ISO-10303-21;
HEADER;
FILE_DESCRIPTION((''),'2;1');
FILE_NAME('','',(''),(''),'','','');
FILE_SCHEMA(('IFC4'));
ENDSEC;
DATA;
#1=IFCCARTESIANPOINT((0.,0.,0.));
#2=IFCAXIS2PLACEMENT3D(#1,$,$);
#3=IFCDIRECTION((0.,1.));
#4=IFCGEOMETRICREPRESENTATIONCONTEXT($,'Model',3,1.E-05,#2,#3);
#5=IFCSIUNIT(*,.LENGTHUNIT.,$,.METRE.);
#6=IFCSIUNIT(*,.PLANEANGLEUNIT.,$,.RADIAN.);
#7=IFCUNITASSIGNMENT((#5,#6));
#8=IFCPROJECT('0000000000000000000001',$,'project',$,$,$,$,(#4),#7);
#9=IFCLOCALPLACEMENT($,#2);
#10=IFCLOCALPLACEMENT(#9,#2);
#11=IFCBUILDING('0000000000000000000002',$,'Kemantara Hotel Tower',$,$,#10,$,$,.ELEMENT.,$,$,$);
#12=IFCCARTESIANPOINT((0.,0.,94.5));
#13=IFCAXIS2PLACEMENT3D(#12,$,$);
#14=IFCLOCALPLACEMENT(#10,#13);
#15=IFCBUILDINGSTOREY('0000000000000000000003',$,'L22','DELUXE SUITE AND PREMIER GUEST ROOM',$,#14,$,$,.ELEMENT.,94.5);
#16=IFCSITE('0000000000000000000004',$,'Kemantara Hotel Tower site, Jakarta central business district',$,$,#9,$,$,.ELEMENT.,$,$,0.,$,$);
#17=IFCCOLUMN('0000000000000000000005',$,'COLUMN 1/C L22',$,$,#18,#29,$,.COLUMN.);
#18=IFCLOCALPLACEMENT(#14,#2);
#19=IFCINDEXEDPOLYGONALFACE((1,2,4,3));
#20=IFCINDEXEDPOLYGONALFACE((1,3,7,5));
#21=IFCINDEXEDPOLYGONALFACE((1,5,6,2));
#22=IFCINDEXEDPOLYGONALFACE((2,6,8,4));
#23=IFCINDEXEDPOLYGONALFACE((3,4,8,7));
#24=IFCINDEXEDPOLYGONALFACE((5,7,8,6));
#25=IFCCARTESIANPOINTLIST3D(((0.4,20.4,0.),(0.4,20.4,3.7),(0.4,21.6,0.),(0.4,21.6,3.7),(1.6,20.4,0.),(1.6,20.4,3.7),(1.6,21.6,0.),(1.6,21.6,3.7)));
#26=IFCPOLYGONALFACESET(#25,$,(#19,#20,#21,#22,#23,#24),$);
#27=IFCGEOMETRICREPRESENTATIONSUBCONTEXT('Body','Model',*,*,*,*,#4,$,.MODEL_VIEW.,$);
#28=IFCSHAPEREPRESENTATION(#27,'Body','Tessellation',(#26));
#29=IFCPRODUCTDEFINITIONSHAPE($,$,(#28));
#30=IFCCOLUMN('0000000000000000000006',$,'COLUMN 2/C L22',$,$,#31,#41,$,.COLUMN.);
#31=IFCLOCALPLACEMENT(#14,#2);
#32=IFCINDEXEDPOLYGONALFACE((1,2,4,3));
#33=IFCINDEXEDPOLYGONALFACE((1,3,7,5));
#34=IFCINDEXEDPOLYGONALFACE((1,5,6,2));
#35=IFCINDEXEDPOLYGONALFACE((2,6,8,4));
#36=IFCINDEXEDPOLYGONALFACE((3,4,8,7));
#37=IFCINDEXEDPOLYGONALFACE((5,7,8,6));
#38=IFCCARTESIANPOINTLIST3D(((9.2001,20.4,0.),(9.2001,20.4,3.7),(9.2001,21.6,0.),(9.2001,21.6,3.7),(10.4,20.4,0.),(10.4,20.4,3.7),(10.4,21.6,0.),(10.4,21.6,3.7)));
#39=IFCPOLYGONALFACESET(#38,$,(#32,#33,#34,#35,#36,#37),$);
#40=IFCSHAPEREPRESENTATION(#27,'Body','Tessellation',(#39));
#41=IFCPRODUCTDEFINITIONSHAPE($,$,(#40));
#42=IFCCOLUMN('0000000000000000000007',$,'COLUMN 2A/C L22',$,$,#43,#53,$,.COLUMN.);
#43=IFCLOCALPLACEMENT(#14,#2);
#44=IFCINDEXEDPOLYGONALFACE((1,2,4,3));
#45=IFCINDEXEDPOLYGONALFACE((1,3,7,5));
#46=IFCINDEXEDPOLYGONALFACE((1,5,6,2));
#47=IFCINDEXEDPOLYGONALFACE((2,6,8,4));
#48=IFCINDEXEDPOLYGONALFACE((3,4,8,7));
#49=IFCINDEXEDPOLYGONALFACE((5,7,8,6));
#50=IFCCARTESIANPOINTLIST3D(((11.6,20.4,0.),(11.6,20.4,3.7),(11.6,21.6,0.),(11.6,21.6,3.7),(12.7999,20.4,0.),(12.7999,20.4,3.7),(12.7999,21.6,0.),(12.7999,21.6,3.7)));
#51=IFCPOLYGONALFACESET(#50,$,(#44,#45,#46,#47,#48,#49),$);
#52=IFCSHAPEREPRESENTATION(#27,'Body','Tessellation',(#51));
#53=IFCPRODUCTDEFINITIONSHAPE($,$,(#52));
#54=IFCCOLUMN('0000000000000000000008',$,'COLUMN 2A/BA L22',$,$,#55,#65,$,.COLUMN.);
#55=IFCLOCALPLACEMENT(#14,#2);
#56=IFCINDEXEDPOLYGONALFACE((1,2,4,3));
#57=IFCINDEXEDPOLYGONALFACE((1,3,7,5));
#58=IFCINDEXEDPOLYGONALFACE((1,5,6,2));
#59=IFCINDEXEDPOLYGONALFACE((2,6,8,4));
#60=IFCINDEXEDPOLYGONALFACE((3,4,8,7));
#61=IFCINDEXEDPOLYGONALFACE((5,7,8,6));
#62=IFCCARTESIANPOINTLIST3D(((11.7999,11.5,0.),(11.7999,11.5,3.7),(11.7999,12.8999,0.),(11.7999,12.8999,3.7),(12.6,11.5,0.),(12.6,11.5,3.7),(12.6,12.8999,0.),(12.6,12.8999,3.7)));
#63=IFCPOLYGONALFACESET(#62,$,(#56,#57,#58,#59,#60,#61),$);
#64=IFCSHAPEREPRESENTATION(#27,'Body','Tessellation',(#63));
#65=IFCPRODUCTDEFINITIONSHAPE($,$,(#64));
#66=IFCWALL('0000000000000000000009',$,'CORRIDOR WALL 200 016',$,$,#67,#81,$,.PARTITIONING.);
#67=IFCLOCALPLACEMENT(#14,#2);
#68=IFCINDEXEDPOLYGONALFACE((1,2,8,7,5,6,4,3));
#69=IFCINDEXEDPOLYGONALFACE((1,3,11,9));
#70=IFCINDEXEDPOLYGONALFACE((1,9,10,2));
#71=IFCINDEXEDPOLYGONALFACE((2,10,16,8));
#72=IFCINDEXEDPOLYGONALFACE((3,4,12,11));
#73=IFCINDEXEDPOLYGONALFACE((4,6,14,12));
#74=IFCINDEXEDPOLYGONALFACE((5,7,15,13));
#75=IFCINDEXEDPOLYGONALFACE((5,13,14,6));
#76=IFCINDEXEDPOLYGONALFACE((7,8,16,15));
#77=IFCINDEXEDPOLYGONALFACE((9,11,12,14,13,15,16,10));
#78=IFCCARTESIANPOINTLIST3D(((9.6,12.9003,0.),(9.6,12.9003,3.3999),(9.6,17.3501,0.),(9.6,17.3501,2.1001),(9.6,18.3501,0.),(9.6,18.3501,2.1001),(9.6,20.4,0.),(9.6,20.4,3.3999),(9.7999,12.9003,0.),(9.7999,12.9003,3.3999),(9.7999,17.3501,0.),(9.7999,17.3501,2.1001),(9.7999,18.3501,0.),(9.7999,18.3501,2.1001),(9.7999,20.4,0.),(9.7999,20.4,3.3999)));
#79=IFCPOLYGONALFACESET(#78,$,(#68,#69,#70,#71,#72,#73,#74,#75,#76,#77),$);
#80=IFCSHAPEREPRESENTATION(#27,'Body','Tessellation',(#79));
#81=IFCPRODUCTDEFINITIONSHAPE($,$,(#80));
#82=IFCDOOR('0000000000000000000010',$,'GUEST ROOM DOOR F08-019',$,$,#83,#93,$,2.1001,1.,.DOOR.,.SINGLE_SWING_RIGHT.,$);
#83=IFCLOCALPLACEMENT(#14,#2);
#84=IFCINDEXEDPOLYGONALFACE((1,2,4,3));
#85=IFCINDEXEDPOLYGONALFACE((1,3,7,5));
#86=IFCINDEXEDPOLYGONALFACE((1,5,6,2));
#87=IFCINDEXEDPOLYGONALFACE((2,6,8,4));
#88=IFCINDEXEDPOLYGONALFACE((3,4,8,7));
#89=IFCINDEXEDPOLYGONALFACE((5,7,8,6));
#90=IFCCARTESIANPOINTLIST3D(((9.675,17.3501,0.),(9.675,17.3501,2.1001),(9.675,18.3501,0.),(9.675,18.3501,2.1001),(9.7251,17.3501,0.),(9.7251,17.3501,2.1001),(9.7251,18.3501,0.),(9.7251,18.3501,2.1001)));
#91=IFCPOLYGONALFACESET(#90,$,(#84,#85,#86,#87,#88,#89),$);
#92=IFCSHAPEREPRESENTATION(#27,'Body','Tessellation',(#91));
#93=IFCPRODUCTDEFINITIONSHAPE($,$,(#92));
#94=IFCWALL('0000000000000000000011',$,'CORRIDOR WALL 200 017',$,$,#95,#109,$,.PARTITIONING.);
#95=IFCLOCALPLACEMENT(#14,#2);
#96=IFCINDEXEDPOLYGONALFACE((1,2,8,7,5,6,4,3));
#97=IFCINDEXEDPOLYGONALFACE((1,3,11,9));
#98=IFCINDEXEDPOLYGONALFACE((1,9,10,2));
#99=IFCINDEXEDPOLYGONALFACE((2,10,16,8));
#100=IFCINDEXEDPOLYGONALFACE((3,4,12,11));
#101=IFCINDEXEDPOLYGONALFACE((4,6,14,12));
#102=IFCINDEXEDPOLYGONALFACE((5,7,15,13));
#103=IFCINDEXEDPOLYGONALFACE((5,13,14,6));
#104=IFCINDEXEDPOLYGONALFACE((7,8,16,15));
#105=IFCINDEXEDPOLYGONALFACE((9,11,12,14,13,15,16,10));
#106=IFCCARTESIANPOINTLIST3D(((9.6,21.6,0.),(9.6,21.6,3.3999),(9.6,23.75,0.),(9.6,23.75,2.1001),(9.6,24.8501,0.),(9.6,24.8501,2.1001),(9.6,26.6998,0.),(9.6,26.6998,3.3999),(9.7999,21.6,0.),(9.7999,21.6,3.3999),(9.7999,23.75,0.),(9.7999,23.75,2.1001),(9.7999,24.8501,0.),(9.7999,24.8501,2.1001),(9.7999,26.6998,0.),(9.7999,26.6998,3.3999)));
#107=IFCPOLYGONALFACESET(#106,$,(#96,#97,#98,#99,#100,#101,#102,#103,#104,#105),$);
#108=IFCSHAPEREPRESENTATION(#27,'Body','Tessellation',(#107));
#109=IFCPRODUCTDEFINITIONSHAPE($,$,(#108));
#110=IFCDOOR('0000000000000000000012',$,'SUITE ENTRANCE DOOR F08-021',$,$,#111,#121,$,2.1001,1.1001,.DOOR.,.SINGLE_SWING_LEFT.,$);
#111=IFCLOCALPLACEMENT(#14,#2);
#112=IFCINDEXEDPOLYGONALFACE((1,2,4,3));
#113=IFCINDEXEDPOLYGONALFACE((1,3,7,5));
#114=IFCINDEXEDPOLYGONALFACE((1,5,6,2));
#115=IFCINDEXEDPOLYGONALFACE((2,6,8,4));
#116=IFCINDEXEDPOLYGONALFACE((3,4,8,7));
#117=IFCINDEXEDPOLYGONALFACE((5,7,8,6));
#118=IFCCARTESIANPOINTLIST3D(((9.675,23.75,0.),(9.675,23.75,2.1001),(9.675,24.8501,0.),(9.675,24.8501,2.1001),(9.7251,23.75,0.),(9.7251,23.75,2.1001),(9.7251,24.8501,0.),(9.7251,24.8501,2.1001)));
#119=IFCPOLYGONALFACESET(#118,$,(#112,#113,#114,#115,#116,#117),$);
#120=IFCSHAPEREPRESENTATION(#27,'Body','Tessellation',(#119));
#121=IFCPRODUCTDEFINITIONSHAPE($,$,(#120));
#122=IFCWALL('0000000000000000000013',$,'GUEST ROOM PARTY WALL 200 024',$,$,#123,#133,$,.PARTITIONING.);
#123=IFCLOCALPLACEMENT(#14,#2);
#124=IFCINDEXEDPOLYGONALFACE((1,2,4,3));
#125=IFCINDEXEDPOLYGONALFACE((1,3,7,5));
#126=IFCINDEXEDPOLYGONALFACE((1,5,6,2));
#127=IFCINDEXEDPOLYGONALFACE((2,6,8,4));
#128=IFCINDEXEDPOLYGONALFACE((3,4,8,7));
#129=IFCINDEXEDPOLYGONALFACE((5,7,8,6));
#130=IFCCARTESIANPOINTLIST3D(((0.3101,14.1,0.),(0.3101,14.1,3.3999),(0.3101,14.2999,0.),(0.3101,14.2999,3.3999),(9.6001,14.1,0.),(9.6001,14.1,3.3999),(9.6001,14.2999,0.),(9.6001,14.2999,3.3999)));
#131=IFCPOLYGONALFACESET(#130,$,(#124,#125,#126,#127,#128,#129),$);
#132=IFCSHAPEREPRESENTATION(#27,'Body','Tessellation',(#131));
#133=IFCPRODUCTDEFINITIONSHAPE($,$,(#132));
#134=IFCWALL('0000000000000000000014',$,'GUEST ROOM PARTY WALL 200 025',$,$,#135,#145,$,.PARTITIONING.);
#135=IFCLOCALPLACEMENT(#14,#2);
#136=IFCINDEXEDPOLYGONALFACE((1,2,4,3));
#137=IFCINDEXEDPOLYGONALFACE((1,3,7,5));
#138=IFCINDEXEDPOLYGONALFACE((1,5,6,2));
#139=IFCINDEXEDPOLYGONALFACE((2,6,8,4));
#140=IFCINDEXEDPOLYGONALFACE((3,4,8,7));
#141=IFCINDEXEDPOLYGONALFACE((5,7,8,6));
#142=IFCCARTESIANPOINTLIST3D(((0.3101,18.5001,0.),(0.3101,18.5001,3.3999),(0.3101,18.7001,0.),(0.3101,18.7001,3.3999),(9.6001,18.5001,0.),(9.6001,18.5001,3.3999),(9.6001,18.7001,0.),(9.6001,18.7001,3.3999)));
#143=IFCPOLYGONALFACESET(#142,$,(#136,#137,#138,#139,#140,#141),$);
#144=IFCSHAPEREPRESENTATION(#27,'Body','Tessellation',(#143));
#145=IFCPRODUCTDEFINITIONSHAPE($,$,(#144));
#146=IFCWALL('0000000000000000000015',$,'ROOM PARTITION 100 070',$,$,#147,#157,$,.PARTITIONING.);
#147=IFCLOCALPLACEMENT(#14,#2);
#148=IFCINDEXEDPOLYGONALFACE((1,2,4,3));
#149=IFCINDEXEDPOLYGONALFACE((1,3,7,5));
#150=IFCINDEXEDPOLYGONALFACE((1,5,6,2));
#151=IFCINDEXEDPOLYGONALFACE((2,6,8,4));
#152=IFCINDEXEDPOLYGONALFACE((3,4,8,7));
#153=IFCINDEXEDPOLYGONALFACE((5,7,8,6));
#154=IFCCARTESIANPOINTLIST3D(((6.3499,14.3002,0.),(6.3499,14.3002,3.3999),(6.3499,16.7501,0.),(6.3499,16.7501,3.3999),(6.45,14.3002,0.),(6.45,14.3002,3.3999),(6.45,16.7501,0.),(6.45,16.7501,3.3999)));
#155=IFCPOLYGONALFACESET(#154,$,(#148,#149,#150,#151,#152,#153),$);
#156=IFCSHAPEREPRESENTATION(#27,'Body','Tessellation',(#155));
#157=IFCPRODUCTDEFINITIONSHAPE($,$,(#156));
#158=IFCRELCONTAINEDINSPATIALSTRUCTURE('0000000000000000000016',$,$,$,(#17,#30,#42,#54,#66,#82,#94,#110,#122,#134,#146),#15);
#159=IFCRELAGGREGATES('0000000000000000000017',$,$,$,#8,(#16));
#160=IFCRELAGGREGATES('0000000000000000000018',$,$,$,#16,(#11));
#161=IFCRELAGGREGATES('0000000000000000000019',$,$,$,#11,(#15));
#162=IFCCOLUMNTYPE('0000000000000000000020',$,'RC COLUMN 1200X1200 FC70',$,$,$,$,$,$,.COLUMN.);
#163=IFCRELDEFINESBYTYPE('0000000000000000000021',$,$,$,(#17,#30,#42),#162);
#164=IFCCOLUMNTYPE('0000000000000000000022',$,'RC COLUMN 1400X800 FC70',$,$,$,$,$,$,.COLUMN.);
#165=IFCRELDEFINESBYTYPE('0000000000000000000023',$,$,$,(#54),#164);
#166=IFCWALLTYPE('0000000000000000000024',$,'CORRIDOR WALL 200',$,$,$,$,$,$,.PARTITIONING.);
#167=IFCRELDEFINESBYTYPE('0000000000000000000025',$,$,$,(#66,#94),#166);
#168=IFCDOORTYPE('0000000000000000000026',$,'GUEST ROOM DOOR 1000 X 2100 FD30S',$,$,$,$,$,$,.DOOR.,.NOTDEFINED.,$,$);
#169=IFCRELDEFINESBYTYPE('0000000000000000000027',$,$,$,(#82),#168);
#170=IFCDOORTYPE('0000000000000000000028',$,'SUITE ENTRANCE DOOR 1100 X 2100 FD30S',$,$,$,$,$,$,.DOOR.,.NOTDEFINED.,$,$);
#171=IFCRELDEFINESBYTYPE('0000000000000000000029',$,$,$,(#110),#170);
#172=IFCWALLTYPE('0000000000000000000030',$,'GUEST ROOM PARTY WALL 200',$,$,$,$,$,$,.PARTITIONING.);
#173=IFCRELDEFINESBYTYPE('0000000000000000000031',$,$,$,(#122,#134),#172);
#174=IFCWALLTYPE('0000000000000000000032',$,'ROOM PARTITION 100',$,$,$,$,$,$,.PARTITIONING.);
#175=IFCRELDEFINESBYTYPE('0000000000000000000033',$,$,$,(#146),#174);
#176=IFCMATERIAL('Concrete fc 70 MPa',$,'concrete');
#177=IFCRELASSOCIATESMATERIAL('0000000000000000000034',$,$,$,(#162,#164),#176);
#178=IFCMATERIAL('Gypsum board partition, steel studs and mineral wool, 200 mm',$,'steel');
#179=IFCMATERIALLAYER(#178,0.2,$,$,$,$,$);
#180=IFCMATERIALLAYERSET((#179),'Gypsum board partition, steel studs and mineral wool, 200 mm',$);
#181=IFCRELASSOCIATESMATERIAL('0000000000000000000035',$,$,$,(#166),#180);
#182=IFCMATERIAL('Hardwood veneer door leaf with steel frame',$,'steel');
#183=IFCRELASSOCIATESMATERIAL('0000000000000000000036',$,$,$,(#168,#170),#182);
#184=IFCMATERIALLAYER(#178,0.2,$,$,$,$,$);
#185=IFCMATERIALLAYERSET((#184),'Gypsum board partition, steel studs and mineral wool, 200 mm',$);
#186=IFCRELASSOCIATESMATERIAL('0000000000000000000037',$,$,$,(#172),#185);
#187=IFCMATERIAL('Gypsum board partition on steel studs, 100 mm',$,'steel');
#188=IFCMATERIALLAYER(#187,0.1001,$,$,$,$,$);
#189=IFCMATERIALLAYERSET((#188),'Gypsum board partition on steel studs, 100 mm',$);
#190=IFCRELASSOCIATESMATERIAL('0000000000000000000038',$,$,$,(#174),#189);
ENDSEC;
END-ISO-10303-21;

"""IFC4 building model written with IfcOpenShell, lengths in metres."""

from ifc_helpers import new_model, si_unit, direction, frame, frame_2d, origin, origin_2d, place, context, subcontext, project, spatial, rectangle, extrude, material, layer, layer_set, material_profile, profile_set, type_object, element, fill, save


model = new_model("IFC4")

# Units and contexts
model_context = context("Model", 3, precision=1e-05, world=origin(), true_north=direction((0.0, 1.0)))
body_context = subcontext(model_context, "Body", "Model", "MODEL_VIEW")
ifc_project = project(units=[si_unit("LENGTHUNIT", "METRE"), si_unit("PLANEANGLEUNIT", "RADIAN")], contexts=[model_context])

# Site, building, storey
site_placement = place(None, origin())
site = spatial("IfcSite", under=ifc_project, at=site_placement, Name="Kemantara Hotel Tower site, Jakarta central business district", CompositionType="ELEMENT", RefElevation=0.0)
building_placement = place(site_placement, origin())
building = spatial("IfcBuilding", under=site, at=building_placement, Name="Kemantara Hotel Tower", CompositionType="ELEMENT")
storey_placement = place(building_placement, frame((0.0, 0.0, 94.5)))
storey = spatial("IfcBuildingStorey", under=building, at=storey_placement, Name="L22", Description="DELUXE SUITE AND PREMIER GUEST ROOM", CompositionType="ELEMENT", Elevation=94.5)

# Columns
ifc_material_1 = material(Name="Concrete fc 70 MPa", Category="concrete")
ifc_material_profile_1 = material_profile(ifc_material_1, rectangle(XDim=1.2, YDim=1.2, at=origin_2d()), Name="RC 1200X1200")
ifc_profile_set_1 = profile_set([ifc_material_profile_1], Name="Concrete fc 70 MPa")
column_type_1 = type_object("IfcColumnType", Name="RC COLUMN 1200X1200 FC70", PredefinedType="COLUMN", material=ifc_profile_set_1)
for number, where, z_axis, x_axis, name in (
    (1, (1.0, 21.0, 0.0), (0.0, 0.0, 1.0), (1.0, 0.0, 0.0), "COLUMN 1/C L22"),
    (2, (9.8, 21.0, 0.0), (0.0, 0.0, 1.0), (1.0, 0.0, 0.0), "COLUMN 2/C L22"),
    (3, (12.2, 21.0, 0.0), (0.0, 0.0, 1.0), (1.0, 0.0, 0.0), "COLUMN 2A/C L22"),
):
    element("IfcColumn", number, at=place(storey_placement, frame(where, z_axis=z_axis, x_axis=x_axis)), inside=storey, type_object=column_type_1, Name=name, PredefinedType="COLUMN", context=body_context, shape_type="SweptSolid", body=[
        extrude(rectangle(XDim=1.2, YDim=1.2, at=origin_2d()), origin(), (0.0, 0.0, 1.0), 3.7),
    ])
ifc_material_profile_2 = material_profile(ifc_material_1, rectangle(XDim=1.3999, YDim=0.8, at=origin_2d()), Name="RC 1400X800")
ifc_profile_set_2 = profile_set([ifc_material_profile_2], Name="Concrete fc 70 MPa")
column_type_2 = type_object("IfcColumnType", Name="RC COLUMN 1400X800 FC70", PredefinedType="COLUMN", material=ifc_profile_set_2)
column_placement = place(storey_placement, frame((12.2, 12.2, 0.0), z_axis=(0.0, 0.0, 1.0), x_axis=(0.0, 1.0, 0.0)))
element("IfcColumn", 4, at=column_placement, inside=storey, type_object=column_type_2, Name="COLUMN 2A/BA L22", PredefinedType="COLUMN", context=body_context, shape_type="SweptSolid", body=[
    extrude(rectangle(XDim=1.3999, YDim=0.8, at=origin_2d()), origin(), (0.0, 0.0, 1.0), 3.7),
])

# Walls, openings, doors
ifc_material_2 = material(Name="Gypsum board partition, steel studs and mineral wool, 200 mm", Category="steel")
ifc_layer_1 = layer(ifc_material_2, 0.2)
ifc_layer_set_1 = layer_set([ifc_layer_1], Name="Gypsum board partition, steel studs and mineral wool, 200 mm")
wall_type_1 = type_object("IfcWallType", Name="CORRIDOR WALL 200", PredefinedType="PARTITIONING", material=ifc_layer_set_1)
wall_1_placement = place(storey_placement, frame((9.7, 12.9001, 0.0), z_axis=(0.0, 0.0, 1.0), x_axis=(0.0, 1.0, 0.0)))
wall_1 = element("IfcWall", 5, at=wall_1_placement, inside=storey, type_object=wall_type_1, Name="CORRIDOR WALL 200 016", PredefinedType="PARTITIONING", context=body_context, shape_type="SweptSolid", body=[
    extrude(rectangle(XDim=7.4998, YDim=0.2, at=frame_2d((3.75, 0.0))), origin(), (0.0, 0.0, 1.0), 3.3999),
])
opening_1_placement = place(wall_1_placement, frame((4.45, 0.0, 0.0)))
opening_1 = element("IfcOpeningElement", 6, at=opening_1_placement, cuts=wall_1, PredefinedType="OPENING", context=body_context, shape_type="SweptSolid", body=[
    extrude(rectangle(XDim=1.0, YDim=2.1001, at=frame_2d((0.5, 1.05))), frame((0.0, 0.1099, 0.0), z_axis=(0.0, -1.0, 0.0), x_axis=(1.0, 0.0, 0.0)), (0.0, 0.0, 1.0), 0.22),
])
ifc_material_3 = material(Name="Hardwood veneer door leaf with steel frame", Category="steel")
door_type_1 = type_object("IfcDoorType", Name="GUEST ROOM DOOR 1000 X 2100 FD30S", OperationType="NOTDEFINED", PredefinedType="DOOR", material=ifc_material_3)
door_1_placement = place(opening_1_placement, origin())
door_1 = element("IfcDoor", 7, at=door_1_placement, inside=storey, type_object=door_type_1, Name="GUEST ROOM DOOR F08-019", OperationType="SINGLE_SWING_RIGHT", OverallHeight=2.1001, OverallWidth=1.0, PredefinedType="DOOR", context=body_context, shape_type="SweptSolid", body=[
    extrude(rectangle(XDim=1.0, YDim=2.1001, at=frame_2d((0.5, 1.05))), frame((0.0, 0.0249, 0.0), z_axis=(0.0, -1.0, 0.0), x_axis=(1.0, 0.0, 0.0)), (0.0, 0.0, 1.0), 0.05),
])
fill(opening_1, door_1)
wall_2_placement = place(storey_placement, frame((9.7, 21.6001, 0.0), z_axis=(0.0, 0.0, 1.0), x_axis=(0.0, 1.0, 0.0)))
wall_2 = element("IfcWall", 8, at=wall_2_placement, inside=storey, type_object=wall_type_1, Name="CORRIDOR WALL 200 017", PredefinedType="PARTITIONING", context=body_context, shape_type="SweptSolid", body=[
    extrude(rectangle(XDim=5.0999, YDim=0.2, at=frame_2d((2.5498, 0.0))), origin(), (0.0, 0.0, 1.0), 3.3999),
])
opening_2_placement = place(wall_2_placement, frame((2.1499, 0.0, 0.0)))
opening_2 = element("IfcOpeningElement", 9, at=opening_2_placement, cuts=wall_2, PredefinedType="OPENING", context=body_context, shape_type="SweptSolid", body=[
    extrude(rectangle(XDim=1.1001, YDim=2.1001, at=frame_2d((0.55, 1.05))), frame((0.0, 0.1099, 0.0), z_axis=(0.0, -1.0, 0.0), x_axis=(1.0, 0.0, 0.0)), (0.0, 0.0, 1.0), 0.22),
])
door_type_2 = type_object("IfcDoorType", Name="SUITE ENTRANCE DOOR 1100 X 2100 FD30S", OperationType="NOTDEFINED", PredefinedType="DOOR", material=ifc_material_3)
door_2_placement = place(opening_2_placement, origin())
door_2 = element("IfcDoor", 10, at=door_2_placement, inside=storey, type_object=door_type_2, Name="SUITE ENTRANCE DOOR F08-021", OperationType="SINGLE_SWING_LEFT", OverallHeight=2.1001, OverallWidth=1.1001, PredefinedType="DOOR", context=body_context, shape_type="SweptSolid", body=[
    extrude(rectangle(XDim=1.1001, YDim=2.1001, at=frame_2d((0.55, 1.05))), frame((0.0, 0.0249, 0.0), z_axis=(0.0, -1.0, 0.0), x_axis=(1.0, 0.0, 0.0)), (0.0, 0.0, 1.0), 0.05),
])
fill(opening_2, door_2)

# Walls
ifc_layer_2 = layer(ifc_material_2, 0.2)
ifc_layer_set_2 = layer_set([ifc_layer_2], Name="Gypsum board partition, steel studs and mineral wool, 200 mm")
wall_type_2 = type_object("IfcWallType", Name="GUEST ROOM PARTY WALL 200", PredefinedType="PARTITIONING", material=ifc_layer_set_2)
for number, where, z_axis, x_axis, name in (
    (11, (0.3101, 14.2, 0.0), (0.0, 0.0, 1.0), (1.0, 0.0, 0.0), "GUEST ROOM PARTY WALL 200 024"),
    (12, (0.3101, 18.6001, 0.0), (0.0, 0.0, 1.0), (1.0, 0.0, 0.0), "GUEST ROOM PARTY WALL 200 025"),
):
    element("IfcWall", number, at=place(storey_placement, frame(where, z_axis=z_axis, x_axis=x_axis)), inside=storey, type_object=wall_type_2, Name=name, PredefinedType="PARTITIONING", context=body_context, shape_type="SweptSolid", body=[
        extrude(rectangle(XDim=9.29, YDim=0.2, at=frame_2d((4.645, 0.0))), origin(), (0.0, 0.0, 1.0), 3.3999),
    ])
ifc_material_4 = material(Name="Gypsum board partition on steel studs, 100 mm", Category="steel")
ifc_layer_3 = layer(ifc_material_4, 0.1001)
ifc_layer_set_3 = layer_set([ifc_layer_3], Name="Gypsum board partition on steel studs, 100 mm")
wall_type_3 = type_object("IfcWallType", Name="ROOM PARTITION 100", PredefinedType="PARTITIONING", material=ifc_layer_set_3)
wall_3_placement = place(storey_placement, frame((6.3999, 14.3, 0.0), z_axis=(0.0, 0.0, 1.0), x_axis=(0.0, 1.0, 0.0)))
element("IfcWall", 13, at=wall_3_placement, inside=storey, type_object=wall_type_3, Name="ROOM PARTITION 100 070", PredefinedType="PARTITIONING", context=body_context, shape_type="SweptSolid", body=[
    extrude(rectangle(XDim=2.45, YDim=0.1001, at=frame_2d((1.2251, 0.0))), origin(), (0.0, 0.0, 1.0), 3.3999),
])

save(model, "model.ifc")
